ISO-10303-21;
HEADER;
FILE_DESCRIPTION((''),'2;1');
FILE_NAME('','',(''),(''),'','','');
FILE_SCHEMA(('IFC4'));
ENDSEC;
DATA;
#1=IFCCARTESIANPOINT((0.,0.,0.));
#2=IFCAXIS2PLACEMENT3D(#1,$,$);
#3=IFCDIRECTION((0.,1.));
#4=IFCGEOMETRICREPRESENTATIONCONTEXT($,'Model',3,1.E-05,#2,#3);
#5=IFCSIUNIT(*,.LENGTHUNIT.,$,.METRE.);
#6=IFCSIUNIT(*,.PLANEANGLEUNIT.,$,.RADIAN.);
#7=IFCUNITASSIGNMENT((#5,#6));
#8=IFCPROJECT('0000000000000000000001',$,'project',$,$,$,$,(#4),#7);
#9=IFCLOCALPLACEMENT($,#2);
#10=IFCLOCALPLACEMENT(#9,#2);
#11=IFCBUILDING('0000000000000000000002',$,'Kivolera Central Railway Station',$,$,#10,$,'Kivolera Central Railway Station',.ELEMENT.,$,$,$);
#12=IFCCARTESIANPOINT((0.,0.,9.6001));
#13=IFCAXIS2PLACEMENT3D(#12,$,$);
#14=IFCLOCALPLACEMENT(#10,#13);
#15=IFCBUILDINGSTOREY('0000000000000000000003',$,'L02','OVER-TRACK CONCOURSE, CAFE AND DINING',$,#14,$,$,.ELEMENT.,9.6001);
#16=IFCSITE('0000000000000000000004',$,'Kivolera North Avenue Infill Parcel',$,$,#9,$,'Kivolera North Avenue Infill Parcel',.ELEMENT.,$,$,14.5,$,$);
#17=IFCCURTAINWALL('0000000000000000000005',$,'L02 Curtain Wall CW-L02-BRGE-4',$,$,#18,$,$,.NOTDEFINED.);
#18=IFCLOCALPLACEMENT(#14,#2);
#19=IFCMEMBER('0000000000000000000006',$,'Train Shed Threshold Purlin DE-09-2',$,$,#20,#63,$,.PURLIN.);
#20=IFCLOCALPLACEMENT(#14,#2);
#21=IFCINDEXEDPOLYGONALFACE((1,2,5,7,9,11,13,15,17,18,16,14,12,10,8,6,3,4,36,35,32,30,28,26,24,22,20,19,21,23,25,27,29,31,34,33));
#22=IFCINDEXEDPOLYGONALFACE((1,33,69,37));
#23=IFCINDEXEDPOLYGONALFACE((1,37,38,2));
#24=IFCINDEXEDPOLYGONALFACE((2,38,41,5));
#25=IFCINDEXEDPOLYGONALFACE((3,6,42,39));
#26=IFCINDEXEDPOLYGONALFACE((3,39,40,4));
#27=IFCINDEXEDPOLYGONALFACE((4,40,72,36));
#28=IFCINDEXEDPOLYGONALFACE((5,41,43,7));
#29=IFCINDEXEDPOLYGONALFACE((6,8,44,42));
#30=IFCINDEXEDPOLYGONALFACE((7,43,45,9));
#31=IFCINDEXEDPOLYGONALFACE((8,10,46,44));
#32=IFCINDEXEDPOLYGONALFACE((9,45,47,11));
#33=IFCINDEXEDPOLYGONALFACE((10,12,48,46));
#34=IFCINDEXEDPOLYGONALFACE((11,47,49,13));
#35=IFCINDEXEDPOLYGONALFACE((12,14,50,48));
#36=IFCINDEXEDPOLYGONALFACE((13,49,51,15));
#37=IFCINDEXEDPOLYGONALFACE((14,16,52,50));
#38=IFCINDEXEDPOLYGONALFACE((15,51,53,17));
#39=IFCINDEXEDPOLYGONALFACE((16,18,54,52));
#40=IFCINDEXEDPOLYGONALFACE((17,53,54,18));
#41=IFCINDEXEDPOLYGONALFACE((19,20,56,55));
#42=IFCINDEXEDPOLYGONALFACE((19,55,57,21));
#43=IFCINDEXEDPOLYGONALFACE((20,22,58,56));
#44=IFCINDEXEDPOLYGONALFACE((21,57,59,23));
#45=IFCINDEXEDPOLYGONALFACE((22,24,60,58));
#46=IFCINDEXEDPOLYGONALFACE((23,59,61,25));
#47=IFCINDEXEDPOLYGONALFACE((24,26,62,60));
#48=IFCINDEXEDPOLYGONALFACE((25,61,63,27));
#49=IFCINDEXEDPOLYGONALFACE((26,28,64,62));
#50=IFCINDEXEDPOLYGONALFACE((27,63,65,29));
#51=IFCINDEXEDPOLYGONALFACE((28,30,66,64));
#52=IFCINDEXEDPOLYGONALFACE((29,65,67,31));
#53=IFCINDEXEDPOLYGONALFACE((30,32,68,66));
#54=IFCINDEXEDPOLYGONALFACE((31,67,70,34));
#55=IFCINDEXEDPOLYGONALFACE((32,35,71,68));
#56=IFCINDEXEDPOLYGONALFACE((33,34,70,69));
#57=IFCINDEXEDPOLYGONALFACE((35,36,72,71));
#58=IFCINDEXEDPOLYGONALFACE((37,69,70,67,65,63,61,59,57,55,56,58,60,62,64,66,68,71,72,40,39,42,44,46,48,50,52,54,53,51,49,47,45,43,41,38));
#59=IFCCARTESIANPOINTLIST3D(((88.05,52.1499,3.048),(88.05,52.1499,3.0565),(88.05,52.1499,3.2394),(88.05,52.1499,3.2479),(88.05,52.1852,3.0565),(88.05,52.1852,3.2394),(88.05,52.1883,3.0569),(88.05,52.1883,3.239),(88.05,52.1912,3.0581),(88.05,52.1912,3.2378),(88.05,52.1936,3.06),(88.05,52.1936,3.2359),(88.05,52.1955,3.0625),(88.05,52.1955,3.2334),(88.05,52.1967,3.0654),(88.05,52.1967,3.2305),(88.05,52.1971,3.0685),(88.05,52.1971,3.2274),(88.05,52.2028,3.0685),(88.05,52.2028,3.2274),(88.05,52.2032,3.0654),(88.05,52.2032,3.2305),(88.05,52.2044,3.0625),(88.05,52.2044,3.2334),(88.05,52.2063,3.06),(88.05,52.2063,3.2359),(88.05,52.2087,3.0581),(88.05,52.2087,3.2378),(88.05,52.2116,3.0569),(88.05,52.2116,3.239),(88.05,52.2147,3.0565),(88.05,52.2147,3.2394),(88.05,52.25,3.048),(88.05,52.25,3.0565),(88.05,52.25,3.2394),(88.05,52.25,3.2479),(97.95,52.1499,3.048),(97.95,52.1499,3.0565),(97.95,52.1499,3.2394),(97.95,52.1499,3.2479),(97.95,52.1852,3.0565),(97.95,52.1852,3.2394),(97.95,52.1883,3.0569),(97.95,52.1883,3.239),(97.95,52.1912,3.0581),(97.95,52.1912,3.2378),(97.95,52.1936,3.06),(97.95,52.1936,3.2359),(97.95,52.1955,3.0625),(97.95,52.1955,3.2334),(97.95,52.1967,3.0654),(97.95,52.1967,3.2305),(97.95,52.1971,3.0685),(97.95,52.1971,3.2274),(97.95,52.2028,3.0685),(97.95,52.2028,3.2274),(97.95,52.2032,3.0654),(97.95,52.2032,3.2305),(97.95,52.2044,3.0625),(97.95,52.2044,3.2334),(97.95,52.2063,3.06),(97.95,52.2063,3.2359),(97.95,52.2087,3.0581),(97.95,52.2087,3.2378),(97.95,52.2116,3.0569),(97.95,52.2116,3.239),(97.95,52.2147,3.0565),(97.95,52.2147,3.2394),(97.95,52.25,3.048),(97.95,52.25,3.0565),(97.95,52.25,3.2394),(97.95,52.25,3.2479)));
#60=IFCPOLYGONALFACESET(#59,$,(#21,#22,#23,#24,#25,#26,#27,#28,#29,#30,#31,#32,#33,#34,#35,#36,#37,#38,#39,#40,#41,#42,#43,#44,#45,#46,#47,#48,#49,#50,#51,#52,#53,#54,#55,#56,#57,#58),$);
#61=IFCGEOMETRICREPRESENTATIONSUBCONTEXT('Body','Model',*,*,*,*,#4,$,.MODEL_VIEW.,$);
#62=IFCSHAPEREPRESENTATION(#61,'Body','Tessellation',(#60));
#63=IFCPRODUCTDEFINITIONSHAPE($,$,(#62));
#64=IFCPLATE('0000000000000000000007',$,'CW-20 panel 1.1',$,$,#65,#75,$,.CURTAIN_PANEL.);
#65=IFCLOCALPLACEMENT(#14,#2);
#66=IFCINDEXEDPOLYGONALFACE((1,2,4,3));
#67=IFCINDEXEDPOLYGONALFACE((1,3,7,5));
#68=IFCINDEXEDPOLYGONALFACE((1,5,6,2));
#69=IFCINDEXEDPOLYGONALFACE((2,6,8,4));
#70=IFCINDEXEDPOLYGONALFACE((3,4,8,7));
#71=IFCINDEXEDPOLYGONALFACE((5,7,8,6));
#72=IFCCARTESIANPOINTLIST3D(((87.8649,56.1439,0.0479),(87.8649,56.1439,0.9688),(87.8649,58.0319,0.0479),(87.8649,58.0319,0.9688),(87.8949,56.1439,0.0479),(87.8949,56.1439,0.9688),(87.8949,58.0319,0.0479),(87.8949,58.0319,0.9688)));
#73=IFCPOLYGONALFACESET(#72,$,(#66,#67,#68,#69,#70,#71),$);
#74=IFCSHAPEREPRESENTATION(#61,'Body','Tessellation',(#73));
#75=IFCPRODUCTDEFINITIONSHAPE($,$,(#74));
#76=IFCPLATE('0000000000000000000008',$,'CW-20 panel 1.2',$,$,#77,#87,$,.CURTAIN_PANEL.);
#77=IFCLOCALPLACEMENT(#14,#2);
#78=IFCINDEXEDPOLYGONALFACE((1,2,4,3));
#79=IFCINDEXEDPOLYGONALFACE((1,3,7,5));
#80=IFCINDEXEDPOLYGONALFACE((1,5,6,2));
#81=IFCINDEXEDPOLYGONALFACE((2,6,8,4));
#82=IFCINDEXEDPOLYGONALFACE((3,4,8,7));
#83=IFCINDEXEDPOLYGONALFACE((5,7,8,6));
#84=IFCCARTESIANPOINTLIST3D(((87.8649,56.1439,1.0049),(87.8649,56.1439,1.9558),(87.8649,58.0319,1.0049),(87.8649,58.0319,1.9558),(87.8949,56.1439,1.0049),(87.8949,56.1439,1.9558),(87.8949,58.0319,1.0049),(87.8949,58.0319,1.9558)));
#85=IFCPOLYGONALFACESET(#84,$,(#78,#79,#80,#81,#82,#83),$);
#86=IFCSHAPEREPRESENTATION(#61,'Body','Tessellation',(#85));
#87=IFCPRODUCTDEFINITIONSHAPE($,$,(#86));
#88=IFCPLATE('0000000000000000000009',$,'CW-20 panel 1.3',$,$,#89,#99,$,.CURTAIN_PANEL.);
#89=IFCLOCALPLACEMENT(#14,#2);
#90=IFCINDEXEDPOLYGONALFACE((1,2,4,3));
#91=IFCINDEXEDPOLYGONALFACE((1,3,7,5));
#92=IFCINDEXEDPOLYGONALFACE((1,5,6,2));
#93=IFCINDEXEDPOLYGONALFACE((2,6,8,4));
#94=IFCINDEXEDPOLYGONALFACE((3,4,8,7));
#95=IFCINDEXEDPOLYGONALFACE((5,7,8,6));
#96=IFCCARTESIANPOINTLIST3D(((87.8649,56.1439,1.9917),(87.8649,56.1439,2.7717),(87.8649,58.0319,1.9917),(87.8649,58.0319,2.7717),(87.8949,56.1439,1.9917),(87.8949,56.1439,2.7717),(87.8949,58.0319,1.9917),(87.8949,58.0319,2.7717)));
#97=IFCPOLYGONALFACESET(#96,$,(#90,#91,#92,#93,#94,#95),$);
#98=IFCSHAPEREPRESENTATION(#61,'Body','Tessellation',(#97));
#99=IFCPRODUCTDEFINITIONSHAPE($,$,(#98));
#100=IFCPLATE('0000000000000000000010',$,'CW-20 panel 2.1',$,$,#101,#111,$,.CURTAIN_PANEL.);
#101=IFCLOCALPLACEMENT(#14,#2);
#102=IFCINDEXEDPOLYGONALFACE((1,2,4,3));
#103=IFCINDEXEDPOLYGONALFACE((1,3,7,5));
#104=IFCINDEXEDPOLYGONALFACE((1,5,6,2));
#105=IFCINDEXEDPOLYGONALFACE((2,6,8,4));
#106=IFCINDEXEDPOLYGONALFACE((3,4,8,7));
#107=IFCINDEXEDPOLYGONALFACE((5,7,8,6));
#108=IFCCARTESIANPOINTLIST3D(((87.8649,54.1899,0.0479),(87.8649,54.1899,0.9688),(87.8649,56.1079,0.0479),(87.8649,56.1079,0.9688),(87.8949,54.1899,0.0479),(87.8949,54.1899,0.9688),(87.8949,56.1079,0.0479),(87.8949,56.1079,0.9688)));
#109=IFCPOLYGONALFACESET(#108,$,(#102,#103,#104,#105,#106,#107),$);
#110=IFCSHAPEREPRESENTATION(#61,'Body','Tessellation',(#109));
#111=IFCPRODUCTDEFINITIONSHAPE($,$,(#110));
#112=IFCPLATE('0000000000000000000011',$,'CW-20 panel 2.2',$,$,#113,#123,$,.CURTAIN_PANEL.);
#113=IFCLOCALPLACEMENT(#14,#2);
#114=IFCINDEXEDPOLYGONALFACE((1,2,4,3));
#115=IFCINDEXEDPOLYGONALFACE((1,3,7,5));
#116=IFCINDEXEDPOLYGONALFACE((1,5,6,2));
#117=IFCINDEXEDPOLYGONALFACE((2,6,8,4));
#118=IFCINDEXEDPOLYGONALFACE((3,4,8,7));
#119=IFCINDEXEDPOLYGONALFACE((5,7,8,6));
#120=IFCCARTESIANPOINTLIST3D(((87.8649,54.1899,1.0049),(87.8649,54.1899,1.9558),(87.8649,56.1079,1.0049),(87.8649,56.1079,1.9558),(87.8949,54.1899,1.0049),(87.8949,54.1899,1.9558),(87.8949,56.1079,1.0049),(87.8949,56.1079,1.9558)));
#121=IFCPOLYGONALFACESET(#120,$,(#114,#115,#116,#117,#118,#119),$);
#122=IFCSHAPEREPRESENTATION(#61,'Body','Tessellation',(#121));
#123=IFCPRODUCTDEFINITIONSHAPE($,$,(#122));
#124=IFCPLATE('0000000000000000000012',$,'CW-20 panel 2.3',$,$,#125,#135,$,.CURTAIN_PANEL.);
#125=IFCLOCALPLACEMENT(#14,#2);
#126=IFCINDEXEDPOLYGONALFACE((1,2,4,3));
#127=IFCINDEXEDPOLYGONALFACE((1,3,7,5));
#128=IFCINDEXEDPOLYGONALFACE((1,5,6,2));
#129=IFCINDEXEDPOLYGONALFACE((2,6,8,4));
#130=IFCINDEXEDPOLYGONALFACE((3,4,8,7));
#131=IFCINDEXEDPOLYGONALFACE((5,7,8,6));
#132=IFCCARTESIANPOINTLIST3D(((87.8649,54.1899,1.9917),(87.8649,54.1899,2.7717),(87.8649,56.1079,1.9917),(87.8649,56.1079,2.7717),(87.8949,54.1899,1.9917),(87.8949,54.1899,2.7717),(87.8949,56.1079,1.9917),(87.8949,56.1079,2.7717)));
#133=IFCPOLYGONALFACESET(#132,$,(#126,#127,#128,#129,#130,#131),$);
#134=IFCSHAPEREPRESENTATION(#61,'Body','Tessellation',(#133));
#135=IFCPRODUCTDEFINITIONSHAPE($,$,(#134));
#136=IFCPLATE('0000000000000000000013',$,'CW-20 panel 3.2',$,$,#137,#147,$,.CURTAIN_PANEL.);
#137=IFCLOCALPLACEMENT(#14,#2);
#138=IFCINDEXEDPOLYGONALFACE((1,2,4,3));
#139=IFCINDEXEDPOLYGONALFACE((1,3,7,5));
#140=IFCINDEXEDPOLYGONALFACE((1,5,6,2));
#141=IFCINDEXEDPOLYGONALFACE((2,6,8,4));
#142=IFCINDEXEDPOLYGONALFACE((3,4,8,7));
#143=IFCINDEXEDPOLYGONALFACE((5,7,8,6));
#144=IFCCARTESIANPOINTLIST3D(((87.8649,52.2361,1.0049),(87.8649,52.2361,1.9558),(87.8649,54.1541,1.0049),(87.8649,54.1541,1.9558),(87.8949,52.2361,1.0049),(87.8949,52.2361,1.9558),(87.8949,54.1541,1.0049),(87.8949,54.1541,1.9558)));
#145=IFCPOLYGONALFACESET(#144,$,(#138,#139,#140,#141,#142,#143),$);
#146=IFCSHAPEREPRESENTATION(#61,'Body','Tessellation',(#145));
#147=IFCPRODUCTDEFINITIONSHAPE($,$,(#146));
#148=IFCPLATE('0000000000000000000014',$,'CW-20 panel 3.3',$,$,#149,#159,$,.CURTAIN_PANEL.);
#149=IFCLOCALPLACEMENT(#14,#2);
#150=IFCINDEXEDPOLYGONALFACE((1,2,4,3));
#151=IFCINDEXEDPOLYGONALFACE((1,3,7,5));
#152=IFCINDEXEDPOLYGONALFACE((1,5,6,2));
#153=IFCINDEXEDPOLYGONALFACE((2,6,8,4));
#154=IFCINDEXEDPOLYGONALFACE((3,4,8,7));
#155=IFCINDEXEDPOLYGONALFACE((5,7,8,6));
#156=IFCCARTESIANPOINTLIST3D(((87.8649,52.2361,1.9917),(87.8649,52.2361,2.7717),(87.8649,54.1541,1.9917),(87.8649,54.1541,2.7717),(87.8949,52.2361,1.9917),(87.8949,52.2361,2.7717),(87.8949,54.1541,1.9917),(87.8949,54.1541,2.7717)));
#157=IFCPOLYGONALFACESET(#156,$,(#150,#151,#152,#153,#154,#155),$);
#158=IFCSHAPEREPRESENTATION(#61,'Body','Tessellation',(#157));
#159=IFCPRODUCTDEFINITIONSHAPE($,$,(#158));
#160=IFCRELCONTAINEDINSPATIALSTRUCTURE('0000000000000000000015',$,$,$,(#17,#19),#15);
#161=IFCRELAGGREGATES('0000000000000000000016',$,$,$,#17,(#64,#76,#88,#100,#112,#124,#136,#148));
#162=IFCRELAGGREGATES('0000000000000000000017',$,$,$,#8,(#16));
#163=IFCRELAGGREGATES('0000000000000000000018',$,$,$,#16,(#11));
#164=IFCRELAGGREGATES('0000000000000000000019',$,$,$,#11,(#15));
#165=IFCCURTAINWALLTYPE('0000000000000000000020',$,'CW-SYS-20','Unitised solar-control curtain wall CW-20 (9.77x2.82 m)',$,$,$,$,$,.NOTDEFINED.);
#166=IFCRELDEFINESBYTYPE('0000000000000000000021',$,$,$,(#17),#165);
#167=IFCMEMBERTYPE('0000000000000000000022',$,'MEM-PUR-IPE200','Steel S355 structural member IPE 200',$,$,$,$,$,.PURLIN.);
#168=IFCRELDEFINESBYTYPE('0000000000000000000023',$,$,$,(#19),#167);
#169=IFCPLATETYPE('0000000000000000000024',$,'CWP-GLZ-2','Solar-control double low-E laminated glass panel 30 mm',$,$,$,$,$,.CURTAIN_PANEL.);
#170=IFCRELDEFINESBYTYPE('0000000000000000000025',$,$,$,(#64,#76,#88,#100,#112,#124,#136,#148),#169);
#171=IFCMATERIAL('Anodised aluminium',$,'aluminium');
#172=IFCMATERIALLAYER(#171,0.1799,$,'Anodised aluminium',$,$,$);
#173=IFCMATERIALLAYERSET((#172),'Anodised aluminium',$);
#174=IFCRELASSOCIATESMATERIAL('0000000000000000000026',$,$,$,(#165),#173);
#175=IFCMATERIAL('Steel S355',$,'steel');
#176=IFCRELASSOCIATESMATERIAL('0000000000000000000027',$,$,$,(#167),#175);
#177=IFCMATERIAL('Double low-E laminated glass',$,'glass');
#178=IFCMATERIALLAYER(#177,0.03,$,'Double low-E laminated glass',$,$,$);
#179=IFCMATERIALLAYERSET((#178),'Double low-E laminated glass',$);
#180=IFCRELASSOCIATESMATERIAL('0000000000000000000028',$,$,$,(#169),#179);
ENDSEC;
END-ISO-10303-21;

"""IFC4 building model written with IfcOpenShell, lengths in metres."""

from ifc_helpers import new_model, si_unit, direction, frame, origin, origin_2d, place, context, subcontext, project, spatial, rectangle, i_section, extrude, material, layer, layer_set, material_profile, profile_set, type_object, element, aggregate, save


model = new_model("IFC4")

# Units and contexts
model_context = context("Model", 3, precision=1e-05, world=origin(), true_north=direction((0.0, 1.0)))
body_context = subcontext(model_context, "Body", "Model", "MODEL_VIEW")
ifc_project = project(units=[si_unit("LENGTHUNIT", "METRE"), si_unit("PLANEANGLEUNIT", "RADIAN")], contexts=[model_context])

# Site, building, storey
site_placement = place(None, origin())
site = spatial("IfcSite", under=ifc_project, at=site_placement, Name="Kivolera North Avenue Infill Parcel", LongName="Kivolera North Avenue Infill Parcel", CompositionType="ELEMENT", RefElevation=14.5)
building_placement = place(site_placement, origin())
building = spatial("IfcBuilding", under=site, at=building_placement, Name="Kivolera Central Railway Station", LongName="Kivolera Central Railway Station", CompositionType="ELEMENT")
storey_placement = place(building_placement, frame((0.0, 0.0, 9.6001)))
storey = spatial("IfcBuildingStorey", under=building, at=storey_placement, Name="L02", Description="OVER-TRACK CONCOURSE, CAFE AND DINING", CompositionType="ELEMENT", Elevation=9.6001)

# Shared definitions
ifc_material_1 = material(Name="Steel S355", Category="steel")

# Curtain wall
ifc_material_2 = material(Name="Anodised aluminium", Category="aluminium")
ifc_layer_1 = layer(ifc_material_2, 0.1799, Name="Anodised aluminium")
ifc_layer_set_1 = layer_set([ifc_layer_1], Name="Anodised aluminium")
curtain_wall_type_1 = type_object("IfcCurtainWallType", Name="CW-SYS-20", Description="Unitised solar-control curtain wall CW-20 (9.77x2.82 m)", PredefinedType="NOTDEFINED", material=ifc_layer_set_1)
curtain_wall_1_placement = place(storey_placement, origin())
curtain_wall_1 = element("IfcCurtainWall", 1, at=curtain_wall_1_placement, inside=storey, type_object=curtain_wall_type_1, Name="L02 Curtain Wall CW-L02-BRGE-4", PredefinedType="NOTDEFINED")

# Member
ifc_material_profile_1 = material_profile(ifc_material_1, i_section(OverallWidth=0.1001, OverallDepth=0.2, WebThickness=0.0056, FlangeThickness=0.0085, FilletRadius=0.012, at=origin_2d()), Name="IPE 200")
ifc_profile_set_1 = profile_set([ifc_material_profile_1], Name="Steel S355")
member_type_1 = type_object("IfcMemberType", Name="MEM-PUR-IPE200", Description="Steel S355 structural member IPE 200", PredefinedType="PURLIN", material=ifc_profile_set_1)
for number, where, z_axis, x_axis, name in (
    (2, (88.05, 52.2, 3.1479), (1.0, 0.0, 0.0), (0.0, 1.0, 0.0), "Train Shed Threshold Purlin DE-09-2"),
):
    element("IfcMember", number, at=place(storey_placement, frame(where, z_axis=z_axis, x_axis=x_axis)), inside=storey, type_object=member_type_1, Name=name, PredefinedType="PURLIN", context=body_context, shape_type="SweptSolid", body=[
        extrude(i_section(OverallWidth=0.1001, OverallDepth=0.2, WebThickness=0.0056, FlangeThickness=0.0085, FilletRadius=0.012, at=origin_2d()), origin(), (0.0, 0.0, 1.0), 9.8999),
    ])

# Plates
ifc_material_3 = material(Name="Double low-E laminated glass", Category="glass")
ifc_layer_2 = layer(ifc_material_3, 0.03, Name="Double low-E laminated glass")
ifc_layer_set_2 = layer_set([ifc_layer_2], Name="Double low-E laminated glass")
plate_type = type_object("IfcPlateType", Name="CWP-GLZ-2", Description="Solar-control double low-E laminated glass panel 30 mm", PredefinedType="CURTAIN_PANEL", material=ifc_layer_set_2)
plate_1_placement = place(storey_placement, frame((87.8799, 57.0879, 0.0479), z_axis=(0.0, 0.0, 1.0), x_axis=(0.0, -1.0, 0.0)))
plate_1 = element("IfcPlate", 3, at=plate_1_placement, type_object=plate_type, Name="CW-20 panel 1.1", PredefinedType="CURTAIN_PANEL", context=body_context, shape_type="SweptSolid", body=[
    extrude(rectangle(XDim=1.8879, YDim=0.03, at=origin_2d()), origin(), (0.0, 0.0, 1.0), 0.9209),
])
plate_2_placement = place(storey_placement, frame((87.8799, 57.0879, 1.0049), z_axis=(0.0, 0.0, 1.0), x_axis=(0.0, -1.0, 0.0)))
plate_2 = element("IfcPlate", 4, at=plate_2_placement, type_object=plate_type, Name="CW-20 panel 1.2", PredefinedType="CURTAIN_PANEL", context=body_context, shape_type="SweptSolid", body=[
    extrude(rectangle(XDim=1.8879, YDim=0.03, at=origin_2d()), origin(), (0.0, 0.0, 1.0), 0.9509),
])
plate_3_placement = place(storey_placement, frame((87.8799, 57.0879, 1.9917), z_axis=(0.0, 0.0, 1.0), x_axis=(0.0, -1.0, 0.0)))
plate_3 = element("IfcPlate", 5, at=plate_3_placement, type_object=plate_type, Name="CW-20 panel 1.3", PredefinedType="CURTAIN_PANEL", context=body_context, shape_type="SweptSolid", body=[
    extrude(rectangle(XDim=1.8879, YDim=0.03, at=origin_2d()), origin(), (0.0, 0.0, 1.0), 0.78),
])
plate_4_placement = place(storey_placement, frame((87.8799, 55.1489, 0.0479), z_axis=(0.0, 0.0, 1.0), x_axis=(0.0, -1.0, 0.0)))
plate_4 = element("IfcPlate", 6, at=plate_4_placement, type_object=plate_type, Name="CW-20 panel 2.1", PredefinedType="CURTAIN_PANEL", context=body_context, shape_type="SweptSolid", body=[
    extrude(rectangle(XDim=1.918, YDim=0.03, at=origin_2d()), origin(), (0.0, 0.0, 1.0), 0.9209),
])
plate_5_placement = place(storey_placement, frame((87.8799, 55.1489, 1.0049), z_axis=(0.0, 0.0, 1.0), x_axis=(0.0, -1.0, 0.0)))
plate_5 = element("IfcPlate", 7, at=plate_5_placement, type_object=plate_type, Name="CW-20 panel 2.2", PredefinedType="CURTAIN_PANEL", context=body_context, shape_type="SweptSolid", body=[
    extrude(rectangle(XDim=1.918, YDim=0.03, at=origin_2d()), origin(), (0.0, 0.0, 1.0), 0.9509),
])
plate_6_placement = place(storey_placement, frame((87.8799, 55.1489, 1.9917), z_axis=(0.0, 0.0, 1.0), x_axis=(0.0, -1.0, 0.0)))
plate_6 = element("IfcPlate", 8, at=plate_6_placement, type_object=plate_type, Name="CW-20 panel 2.3", PredefinedType="CURTAIN_PANEL", context=body_context, shape_type="SweptSolid", body=[
    extrude(rectangle(XDim=1.918, YDim=0.03, at=origin_2d()), origin(), (0.0, 0.0, 1.0), 0.78),
])
plate_7_placement = place(storey_placement, frame((87.8799, 53.1951, 1.0049), z_axis=(0.0, 0.0, 1.0), x_axis=(0.0, -1.0, 0.0)))
plate_7 = element("IfcPlate", 9, at=plate_7_placement, type_object=plate_type, Name="CW-20 panel 3.2", PredefinedType="CURTAIN_PANEL", context=body_context, shape_type="SweptSolid", body=[
    extrude(rectangle(XDim=1.918, YDim=0.03, at=origin_2d()), origin(), (0.0, 0.0, 1.0), 0.9509),
])
plate_8_placement = place(storey_placement, frame((87.8799, 53.1951, 1.9917), z_axis=(0.0, 0.0, 1.0), x_axis=(0.0, -1.0, 0.0)))
plate_8 = element("IfcPlate", 10, at=plate_8_placement, type_object=plate_type, Name="CW-20 panel 3.3", PredefinedType="CURTAIN_PANEL", context=body_context, shape_type="SweptSolid", body=[
    extrude(rectangle(XDim=1.918, YDim=0.03, at=origin_2d()), origin(), (0.0, 0.0, 1.0), 0.78),
])
aggregate(curtain_wall_1, [plate_1, plate_2, plate_3, plate_4, plate_5, plate_6, plate_7, plate_8])

save(model, "model.ifc")
